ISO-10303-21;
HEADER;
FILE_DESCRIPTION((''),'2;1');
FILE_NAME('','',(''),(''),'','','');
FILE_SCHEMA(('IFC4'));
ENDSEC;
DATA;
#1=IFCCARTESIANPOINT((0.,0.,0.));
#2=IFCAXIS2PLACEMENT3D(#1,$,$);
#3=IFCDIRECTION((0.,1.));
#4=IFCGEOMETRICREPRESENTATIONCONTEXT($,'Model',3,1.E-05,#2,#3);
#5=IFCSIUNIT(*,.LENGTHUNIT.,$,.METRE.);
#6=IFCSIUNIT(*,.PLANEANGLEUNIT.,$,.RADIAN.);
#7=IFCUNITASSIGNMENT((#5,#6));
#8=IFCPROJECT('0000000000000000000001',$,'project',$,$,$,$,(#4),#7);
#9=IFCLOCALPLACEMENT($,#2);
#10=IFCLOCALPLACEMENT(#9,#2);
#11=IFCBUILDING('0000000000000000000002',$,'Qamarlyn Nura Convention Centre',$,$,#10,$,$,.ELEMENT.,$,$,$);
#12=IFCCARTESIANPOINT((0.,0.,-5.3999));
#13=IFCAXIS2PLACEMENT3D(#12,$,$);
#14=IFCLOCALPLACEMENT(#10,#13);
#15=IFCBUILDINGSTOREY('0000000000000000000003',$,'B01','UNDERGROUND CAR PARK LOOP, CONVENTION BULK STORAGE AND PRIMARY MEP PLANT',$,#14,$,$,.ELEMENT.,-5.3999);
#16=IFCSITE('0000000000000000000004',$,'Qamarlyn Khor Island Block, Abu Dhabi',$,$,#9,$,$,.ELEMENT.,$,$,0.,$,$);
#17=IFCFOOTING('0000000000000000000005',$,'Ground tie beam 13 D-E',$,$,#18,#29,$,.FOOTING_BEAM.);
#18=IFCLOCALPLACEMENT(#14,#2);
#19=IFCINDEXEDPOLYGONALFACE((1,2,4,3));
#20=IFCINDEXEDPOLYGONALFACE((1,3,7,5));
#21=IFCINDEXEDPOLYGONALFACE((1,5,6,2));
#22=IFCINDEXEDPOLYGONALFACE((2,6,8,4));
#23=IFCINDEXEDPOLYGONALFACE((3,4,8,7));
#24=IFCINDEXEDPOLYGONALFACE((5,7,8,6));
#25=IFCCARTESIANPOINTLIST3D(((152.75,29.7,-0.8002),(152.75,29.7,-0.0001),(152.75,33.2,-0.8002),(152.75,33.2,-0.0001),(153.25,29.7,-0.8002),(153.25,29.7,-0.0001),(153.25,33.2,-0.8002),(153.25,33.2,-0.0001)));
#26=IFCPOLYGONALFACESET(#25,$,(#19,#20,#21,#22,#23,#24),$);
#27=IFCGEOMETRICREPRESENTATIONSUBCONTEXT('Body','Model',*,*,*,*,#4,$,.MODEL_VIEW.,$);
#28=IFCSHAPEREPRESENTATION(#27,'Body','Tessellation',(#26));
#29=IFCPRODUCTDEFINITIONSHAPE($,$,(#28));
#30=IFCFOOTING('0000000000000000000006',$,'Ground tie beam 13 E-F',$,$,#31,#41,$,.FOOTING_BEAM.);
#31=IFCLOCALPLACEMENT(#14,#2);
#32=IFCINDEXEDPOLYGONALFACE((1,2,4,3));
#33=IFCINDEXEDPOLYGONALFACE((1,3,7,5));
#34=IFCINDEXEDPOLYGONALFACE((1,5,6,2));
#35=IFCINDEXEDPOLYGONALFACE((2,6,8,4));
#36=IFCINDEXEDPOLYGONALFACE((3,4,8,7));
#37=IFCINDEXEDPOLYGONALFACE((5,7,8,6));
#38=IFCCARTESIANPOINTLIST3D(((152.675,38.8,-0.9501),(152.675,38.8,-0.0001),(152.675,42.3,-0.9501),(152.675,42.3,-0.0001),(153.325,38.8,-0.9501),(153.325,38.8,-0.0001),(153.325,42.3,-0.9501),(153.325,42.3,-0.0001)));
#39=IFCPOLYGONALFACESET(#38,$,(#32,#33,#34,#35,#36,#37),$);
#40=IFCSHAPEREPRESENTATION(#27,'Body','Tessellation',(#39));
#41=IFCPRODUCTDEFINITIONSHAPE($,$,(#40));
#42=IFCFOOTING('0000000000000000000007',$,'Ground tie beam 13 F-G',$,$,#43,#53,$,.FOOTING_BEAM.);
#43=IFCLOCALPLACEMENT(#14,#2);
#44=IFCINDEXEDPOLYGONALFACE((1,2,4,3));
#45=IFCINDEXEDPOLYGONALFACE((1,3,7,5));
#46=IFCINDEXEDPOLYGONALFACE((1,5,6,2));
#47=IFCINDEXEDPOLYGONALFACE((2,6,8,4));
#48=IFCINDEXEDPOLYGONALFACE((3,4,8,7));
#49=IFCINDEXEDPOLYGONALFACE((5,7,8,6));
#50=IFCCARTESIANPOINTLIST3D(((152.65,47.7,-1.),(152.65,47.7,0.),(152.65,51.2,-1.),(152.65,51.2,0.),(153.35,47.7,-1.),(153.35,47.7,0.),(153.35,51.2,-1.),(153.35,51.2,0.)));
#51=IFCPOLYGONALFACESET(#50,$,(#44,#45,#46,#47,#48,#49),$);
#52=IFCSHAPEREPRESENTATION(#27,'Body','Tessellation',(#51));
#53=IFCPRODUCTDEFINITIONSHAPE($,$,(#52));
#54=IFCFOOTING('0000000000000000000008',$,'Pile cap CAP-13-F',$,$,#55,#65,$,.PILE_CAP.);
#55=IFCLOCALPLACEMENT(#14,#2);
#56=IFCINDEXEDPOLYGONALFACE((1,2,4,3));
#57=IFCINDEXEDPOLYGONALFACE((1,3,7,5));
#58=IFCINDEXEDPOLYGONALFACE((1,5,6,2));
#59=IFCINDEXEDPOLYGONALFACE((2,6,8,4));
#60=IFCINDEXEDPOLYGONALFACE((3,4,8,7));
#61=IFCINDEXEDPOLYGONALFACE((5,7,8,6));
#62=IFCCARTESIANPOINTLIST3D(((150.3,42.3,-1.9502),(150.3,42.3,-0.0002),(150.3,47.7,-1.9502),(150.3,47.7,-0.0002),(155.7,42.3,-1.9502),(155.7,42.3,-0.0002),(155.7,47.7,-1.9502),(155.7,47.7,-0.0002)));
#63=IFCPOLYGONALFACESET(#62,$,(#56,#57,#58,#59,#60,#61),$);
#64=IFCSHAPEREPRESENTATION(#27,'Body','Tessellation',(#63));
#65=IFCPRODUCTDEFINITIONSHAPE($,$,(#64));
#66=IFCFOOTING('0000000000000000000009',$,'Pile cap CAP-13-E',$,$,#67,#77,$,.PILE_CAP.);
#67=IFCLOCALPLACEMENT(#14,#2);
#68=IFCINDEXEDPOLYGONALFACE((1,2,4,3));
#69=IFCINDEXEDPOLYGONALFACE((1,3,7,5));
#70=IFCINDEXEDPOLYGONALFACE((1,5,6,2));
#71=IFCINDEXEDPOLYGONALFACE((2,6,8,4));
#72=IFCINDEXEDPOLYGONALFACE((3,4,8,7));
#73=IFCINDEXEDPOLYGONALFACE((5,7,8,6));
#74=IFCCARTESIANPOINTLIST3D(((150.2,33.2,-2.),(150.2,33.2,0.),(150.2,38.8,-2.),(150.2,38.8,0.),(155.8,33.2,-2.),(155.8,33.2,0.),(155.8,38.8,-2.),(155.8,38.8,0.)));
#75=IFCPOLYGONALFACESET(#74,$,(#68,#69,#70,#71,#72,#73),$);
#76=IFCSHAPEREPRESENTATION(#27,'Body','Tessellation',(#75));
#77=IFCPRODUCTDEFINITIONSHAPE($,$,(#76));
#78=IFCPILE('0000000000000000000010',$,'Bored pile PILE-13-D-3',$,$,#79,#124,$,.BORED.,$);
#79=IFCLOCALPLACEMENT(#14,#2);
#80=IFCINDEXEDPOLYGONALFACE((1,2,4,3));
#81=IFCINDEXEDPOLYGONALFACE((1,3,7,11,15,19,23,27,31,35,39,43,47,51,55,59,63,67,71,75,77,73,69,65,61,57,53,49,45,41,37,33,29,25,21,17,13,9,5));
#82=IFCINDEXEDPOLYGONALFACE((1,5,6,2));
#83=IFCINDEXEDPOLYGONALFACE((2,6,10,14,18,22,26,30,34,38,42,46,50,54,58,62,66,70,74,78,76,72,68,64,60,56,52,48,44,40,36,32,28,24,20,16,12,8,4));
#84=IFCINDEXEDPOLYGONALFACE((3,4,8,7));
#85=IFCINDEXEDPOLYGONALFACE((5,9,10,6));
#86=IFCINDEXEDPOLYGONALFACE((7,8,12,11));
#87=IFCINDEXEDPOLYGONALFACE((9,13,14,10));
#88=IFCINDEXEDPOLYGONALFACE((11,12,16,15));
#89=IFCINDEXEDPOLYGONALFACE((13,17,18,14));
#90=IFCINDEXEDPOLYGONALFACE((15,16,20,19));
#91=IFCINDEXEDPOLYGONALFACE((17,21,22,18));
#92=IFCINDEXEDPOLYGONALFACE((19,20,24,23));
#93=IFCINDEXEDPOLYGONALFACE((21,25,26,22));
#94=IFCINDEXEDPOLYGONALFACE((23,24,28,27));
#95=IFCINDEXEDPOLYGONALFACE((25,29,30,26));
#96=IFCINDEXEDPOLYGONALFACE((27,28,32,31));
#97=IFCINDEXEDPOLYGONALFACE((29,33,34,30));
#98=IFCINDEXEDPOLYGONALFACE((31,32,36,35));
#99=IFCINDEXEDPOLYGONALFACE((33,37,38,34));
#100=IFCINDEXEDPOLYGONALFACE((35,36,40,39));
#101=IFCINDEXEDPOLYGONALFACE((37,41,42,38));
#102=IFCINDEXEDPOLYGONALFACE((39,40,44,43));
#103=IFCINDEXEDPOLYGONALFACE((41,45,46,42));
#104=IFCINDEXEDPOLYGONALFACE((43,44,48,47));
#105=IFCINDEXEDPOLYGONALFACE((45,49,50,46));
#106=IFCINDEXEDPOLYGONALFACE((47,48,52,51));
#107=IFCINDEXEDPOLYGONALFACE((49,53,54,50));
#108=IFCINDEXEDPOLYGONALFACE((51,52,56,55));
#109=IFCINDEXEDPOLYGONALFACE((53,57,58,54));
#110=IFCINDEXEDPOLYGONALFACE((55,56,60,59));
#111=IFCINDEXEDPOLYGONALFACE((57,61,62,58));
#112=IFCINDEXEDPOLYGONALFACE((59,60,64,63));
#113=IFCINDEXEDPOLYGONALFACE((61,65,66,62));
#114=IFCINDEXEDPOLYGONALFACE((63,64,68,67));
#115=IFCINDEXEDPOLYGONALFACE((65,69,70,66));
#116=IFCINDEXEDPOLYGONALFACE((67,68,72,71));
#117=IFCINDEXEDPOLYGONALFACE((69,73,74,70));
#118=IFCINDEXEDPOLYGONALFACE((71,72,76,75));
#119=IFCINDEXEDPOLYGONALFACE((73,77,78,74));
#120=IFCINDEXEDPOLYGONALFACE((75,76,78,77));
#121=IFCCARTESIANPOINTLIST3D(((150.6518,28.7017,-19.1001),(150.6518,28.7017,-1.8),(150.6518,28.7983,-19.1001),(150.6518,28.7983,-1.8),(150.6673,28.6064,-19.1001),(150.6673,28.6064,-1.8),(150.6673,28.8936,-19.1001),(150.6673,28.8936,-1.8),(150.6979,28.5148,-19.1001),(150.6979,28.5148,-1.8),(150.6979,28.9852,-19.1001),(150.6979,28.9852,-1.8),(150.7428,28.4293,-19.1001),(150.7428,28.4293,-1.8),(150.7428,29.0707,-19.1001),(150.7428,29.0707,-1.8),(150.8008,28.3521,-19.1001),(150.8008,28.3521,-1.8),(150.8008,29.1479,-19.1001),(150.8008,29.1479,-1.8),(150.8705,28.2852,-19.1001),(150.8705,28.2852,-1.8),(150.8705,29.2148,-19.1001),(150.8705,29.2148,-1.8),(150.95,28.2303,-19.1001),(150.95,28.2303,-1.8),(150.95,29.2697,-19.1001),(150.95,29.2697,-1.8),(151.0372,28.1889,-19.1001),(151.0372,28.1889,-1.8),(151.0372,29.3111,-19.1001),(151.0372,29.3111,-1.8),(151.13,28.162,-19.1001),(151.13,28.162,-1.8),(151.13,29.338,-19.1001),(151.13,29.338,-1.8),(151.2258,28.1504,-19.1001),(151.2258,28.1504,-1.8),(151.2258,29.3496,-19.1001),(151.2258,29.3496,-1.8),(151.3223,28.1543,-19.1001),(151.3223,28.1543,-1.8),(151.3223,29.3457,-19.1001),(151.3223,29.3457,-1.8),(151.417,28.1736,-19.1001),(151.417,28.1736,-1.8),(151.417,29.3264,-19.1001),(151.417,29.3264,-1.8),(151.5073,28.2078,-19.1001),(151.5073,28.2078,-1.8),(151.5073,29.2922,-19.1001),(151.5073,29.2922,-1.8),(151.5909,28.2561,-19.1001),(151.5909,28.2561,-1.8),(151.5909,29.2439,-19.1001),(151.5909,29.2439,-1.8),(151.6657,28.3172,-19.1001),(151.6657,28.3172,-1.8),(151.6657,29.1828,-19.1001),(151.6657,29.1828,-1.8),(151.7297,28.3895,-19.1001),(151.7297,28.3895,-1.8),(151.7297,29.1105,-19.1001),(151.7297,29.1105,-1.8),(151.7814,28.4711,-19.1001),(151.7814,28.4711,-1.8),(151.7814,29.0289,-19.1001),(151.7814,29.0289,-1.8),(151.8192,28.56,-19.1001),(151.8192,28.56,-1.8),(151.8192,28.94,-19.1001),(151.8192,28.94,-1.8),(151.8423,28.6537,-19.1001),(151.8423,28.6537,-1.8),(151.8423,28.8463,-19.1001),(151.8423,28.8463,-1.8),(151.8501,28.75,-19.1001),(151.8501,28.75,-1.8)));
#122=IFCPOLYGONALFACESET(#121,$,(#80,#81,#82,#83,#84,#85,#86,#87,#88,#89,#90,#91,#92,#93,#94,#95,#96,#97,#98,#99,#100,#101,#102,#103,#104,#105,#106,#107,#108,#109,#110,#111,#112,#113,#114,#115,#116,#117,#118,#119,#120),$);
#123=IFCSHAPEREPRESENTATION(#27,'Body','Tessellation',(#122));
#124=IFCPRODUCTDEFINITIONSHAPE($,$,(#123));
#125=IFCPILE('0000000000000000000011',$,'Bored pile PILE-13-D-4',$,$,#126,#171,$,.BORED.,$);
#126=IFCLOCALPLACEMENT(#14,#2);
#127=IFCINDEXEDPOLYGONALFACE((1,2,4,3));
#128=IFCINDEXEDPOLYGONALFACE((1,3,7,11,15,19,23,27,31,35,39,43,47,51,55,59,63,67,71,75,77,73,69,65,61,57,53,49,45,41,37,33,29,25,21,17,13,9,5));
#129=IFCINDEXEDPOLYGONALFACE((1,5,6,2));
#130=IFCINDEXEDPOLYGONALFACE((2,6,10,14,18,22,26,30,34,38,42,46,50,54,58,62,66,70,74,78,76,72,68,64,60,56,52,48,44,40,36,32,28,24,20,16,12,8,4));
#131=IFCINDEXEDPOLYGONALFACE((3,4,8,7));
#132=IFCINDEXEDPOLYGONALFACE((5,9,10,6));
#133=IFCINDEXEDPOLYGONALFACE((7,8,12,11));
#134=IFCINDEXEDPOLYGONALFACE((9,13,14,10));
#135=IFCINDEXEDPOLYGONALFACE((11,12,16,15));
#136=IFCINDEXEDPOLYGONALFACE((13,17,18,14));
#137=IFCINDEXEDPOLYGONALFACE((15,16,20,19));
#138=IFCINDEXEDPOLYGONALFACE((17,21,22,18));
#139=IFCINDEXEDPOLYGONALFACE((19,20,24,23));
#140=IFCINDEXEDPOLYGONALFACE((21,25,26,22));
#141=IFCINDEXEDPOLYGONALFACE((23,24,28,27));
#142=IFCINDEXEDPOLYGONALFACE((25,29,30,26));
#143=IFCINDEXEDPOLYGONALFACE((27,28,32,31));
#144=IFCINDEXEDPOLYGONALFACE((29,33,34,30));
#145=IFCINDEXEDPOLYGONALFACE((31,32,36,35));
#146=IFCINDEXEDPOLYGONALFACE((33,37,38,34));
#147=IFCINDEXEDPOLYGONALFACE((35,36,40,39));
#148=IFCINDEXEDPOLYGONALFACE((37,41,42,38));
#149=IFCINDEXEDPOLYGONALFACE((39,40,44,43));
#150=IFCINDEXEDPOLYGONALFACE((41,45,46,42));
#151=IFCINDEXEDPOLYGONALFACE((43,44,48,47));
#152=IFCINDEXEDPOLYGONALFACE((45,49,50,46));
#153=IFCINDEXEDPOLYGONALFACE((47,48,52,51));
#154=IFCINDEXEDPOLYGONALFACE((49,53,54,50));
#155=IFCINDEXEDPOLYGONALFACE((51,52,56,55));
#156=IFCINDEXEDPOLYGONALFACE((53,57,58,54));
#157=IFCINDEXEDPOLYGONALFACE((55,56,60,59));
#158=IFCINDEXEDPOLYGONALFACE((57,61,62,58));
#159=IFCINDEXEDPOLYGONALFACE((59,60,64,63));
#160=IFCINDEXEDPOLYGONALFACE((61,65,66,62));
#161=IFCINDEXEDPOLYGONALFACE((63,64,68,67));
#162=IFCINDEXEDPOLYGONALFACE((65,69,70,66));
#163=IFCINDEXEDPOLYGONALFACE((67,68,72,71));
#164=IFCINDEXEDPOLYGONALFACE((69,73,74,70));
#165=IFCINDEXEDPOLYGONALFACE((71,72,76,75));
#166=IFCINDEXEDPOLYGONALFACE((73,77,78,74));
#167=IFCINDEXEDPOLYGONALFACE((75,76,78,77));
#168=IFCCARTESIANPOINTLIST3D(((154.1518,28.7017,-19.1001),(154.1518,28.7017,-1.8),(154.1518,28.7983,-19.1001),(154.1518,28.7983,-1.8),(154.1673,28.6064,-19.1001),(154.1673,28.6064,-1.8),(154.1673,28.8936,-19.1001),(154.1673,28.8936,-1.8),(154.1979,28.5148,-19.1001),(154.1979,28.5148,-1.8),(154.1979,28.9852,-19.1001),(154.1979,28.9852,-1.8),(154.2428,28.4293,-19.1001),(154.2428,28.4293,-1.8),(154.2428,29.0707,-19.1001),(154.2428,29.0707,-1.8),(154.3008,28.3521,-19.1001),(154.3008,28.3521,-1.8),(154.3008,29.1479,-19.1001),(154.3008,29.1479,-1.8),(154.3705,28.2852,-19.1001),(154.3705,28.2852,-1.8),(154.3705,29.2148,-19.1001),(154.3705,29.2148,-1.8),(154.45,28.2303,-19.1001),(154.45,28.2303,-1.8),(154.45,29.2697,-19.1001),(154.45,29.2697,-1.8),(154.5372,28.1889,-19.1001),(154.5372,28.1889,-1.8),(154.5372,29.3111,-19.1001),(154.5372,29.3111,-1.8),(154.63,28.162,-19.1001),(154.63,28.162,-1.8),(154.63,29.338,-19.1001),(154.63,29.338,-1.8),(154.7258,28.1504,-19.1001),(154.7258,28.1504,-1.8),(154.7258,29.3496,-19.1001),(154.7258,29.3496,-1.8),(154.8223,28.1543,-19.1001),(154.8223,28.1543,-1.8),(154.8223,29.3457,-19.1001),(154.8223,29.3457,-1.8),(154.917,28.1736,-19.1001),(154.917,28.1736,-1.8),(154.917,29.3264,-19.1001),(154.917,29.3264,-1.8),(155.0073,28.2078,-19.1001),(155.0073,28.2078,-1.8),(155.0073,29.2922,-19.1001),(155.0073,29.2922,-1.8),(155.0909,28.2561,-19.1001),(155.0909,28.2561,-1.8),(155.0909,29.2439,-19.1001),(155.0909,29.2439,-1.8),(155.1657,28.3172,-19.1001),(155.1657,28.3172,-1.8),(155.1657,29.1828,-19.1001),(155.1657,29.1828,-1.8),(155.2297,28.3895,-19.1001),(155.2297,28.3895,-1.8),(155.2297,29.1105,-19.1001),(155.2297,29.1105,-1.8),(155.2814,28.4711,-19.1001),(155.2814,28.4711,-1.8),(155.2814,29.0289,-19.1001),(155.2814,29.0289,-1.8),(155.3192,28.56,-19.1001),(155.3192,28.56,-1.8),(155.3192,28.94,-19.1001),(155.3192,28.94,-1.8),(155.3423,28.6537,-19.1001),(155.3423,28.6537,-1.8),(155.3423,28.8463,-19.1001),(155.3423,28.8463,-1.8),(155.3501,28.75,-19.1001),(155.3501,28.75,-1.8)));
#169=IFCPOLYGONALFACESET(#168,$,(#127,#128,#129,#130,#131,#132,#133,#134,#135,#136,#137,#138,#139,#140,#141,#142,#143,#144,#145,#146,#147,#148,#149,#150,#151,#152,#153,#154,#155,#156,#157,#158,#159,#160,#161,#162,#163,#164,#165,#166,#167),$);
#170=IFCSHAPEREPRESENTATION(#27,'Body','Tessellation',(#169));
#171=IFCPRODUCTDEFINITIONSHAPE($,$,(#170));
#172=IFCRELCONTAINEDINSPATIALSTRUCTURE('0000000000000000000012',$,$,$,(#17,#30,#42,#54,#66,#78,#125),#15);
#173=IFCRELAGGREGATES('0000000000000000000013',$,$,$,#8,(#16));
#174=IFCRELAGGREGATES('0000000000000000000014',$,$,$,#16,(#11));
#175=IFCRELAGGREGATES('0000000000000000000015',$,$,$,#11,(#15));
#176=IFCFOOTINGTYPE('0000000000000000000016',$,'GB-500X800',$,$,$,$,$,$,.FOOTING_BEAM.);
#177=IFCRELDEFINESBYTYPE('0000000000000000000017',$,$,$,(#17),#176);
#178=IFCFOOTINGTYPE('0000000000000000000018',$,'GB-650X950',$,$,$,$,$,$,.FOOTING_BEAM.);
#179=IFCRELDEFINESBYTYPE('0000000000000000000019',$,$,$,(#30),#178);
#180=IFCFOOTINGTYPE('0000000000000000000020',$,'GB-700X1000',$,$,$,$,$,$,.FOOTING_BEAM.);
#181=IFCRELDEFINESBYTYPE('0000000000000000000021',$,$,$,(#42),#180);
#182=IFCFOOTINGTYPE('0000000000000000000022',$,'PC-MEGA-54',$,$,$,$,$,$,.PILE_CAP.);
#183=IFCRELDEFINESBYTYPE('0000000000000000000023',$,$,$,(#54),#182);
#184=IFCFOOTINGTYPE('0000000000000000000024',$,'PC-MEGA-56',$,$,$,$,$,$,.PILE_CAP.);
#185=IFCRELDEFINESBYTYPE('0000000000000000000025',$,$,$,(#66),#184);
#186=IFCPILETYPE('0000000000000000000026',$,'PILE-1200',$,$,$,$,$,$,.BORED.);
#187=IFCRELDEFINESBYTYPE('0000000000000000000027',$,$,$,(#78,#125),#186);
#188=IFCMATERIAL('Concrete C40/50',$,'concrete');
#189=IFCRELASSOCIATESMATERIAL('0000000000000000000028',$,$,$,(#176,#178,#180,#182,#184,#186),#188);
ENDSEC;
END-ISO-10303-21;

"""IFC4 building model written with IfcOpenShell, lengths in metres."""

from ifc_helpers import new_model, si_unit, direction, frame, origin, origin_2d, place, context, subcontext, project, spatial, rectangle, circle, extrude, material, material_profile, profile_set, type_object, element, save


model = new_model("IFC4")

# Units and contexts
model_context = context("Model", 3, precision=1e-05, world=origin(), true_north=direction((0.0, 1.0)))
body_context = subcontext(model_context, "Body", "Model", "MODEL_VIEW")
ifc_project = project(units=[si_unit("LENGTHUNIT", "METRE"), si_unit("PLANEANGLEUNIT", "RADIAN")], contexts=[model_context])

# Site, building, storey
site_placement = place(None, origin())
site = spatial("IfcSite", under=ifc_project, at=site_placement, Name="Qamarlyn Khor Island Block, Abu Dhabi", CompositionType="ELEMENT", RefElevation=0.0)
building_placement = place(site_placement, origin())
building = spatial("IfcBuilding", under=site, at=building_placement, Name="Qamarlyn Nura Convention Centre", CompositionType="ELEMENT")
storey_placement = place(building_placement, frame((0.0, 0.0, -5.3999)))
storey = spatial("IfcBuildingStorey", under=building, at=storey_placement, Name="B01", Description="UNDERGROUND CAR PARK LOOP, CONVENTION BULK STORAGE AND PRIMARY MEP PLANT", CompositionType="ELEMENT", Elevation=-5.3999)

# Footings
ifc_material_1 = material(Name="Concrete C40/50", Category="concrete")
ifc_material_profile_1 = material_profile(ifc_material_1, rectangle(XDim=0.5, YDim=0.8, at=origin_2d()), Name="RC GB 500x800")
ifc_profile_set_1 = profile_set([ifc_material_profile_1], Name="Concrete C40/50")
footing_type_1 = type_object("IfcFootingType", Name="GB-500X800", PredefinedType="FOOTING_BEAM", material=ifc_profile_set_1)
footing_1_placement = place(storey_placement, frame((153.0, 29.7, -0.4001), z_axis=(0.0, 1.0, 0.0), x_axis=(-1.0, 0.0, 0.0)))
element("IfcFooting", 1, at=footing_1_placement, inside=storey, type_object=footing_type_1, Name="Ground tie beam 13 D-E", PredefinedType="FOOTING_BEAM", context=body_context, shape_type="SweptSolid", body=[
    extrude(rectangle(XDim=0.5, YDim=0.8, at=origin_2d()), origin(), (0.0, 0.0, 1.0), 3.5),
])
ifc_material_profile_2 = material_profile(ifc_material_1, rectangle(XDim=0.6499, YDim=0.95, at=origin_2d()), Name="RC GB 650x950")
ifc_profile_set_2 = profile_set([ifc_material_profile_2], Name="Concrete C40/50")
footing_type_2 = type_object("IfcFootingType", Name="GB-650X950", PredefinedType="FOOTING_BEAM", material=ifc_profile_set_2)
footing_2_placement = place(storey_placement, frame((153.0, 38.8, -0.4751), z_axis=(0.0, 1.0, 0.0), x_axis=(-1.0, 0.0, 0.0)))
element("IfcFooting", 2, at=footing_2_placement, inside=storey, type_object=footing_type_2, Name="Ground tie beam 13 E-F", PredefinedType="FOOTING_BEAM", context=body_context, shape_type="SweptSolid", body=[
    extrude(rectangle(XDim=0.6499, YDim=0.95, at=origin_2d()), origin(), (0.0, 0.0, 1.0), 3.5),
])
ifc_material_profile_3 = material_profile(ifc_material_1, rectangle(XDim=0.7, YDim=1.0, at=origin_2d()), Name="RC GB 700x1000")
ifc_profile_set_3 = profile_set([ifc_material_profile_3], Name="Concrete C40/50")
footing_type_3 = type_object("IfcFootingType", Name="GB-700X1000", PredefinedType="FOOTING_BEAM", material=ifc_profile_set_3)
footing_3_placement = place(storey_placement, frame((153.0, 47.7, -0.5), z_axis=(0.0, 1.0, 0.0), x_axis=(-1.0, 0.0, 0.0)))
element("IfcFooting", 3, at=footing_3_placement, inside=storey, type_object=footing_type_3, Name="Ground tie beam 13 F-G", PredefinedType="FOOTING_BEAM", context=body_context, shape_type="SweptSolid", body=[
    extrude(rectangle(XDim=0.7, YDim=1.0, at=origin_2d()), origin(), (0.0, 0.0, 1.0), 3.5),
])
footing_type_4 = type_object("IfcFootingType", Name="PC-MEGA-54", PredefinedType="PILE_CAP", material=ifc_material_1)
footing_4_placement = place(storey_placement, frame((153.0, 45.0, -1.9502), z_axis=(0.0, 0.0, 1.0), x_axis=(1.0, 0.0, 0.0)))
element("IfcFooting", 4, at=footing_4_placement, inside=storey, type_object=footing_type_4, Name="Pile cap CAP-13-F", PredefinedType="PILE_CAP", context=body_context, shape_type="SweptSolid", body=[
    extrude(rectangle(XDim=5.3999, YDim=5.3999, at=origin_2d()), origin(), (0.0, 0.0, 1.0), 1.95),
])
footing_type_5 = type_object("IfcFootingType", Name="PC-MEGA-56", PredefinedType="PILE_CAP", material=ifc_material_1)
footing_5_placement = place(storey_placement, frame((153.0, 36.0, -2.0), z_axis=(0.0, 0.0, 1.0), x_axis=(1.0, 0.0, 0.0)))
element("IfcFooting", 5, at=footing_5_placement, inside=storey, type_object=footing_type_5, Name="Pile cap CAP-13-E", PredefinedType="PILE_CAP", context=body_context, shape_type="SweptSolid", body=[
    extrude(rectangle(XDim=5.6001, YDim=5.6001, at=origin_2d()), origin(), (0.0, 0.0, 1.0), 2.0),
])

# Piles
ifc_material_profile_4 = material_profile(ifc_material_1, circle(Radius=0.6001, at=origin_2d()), Name="BORED PILE 1200")
ifc_profile_set_4 = profile_set([ifc_material_profile_4], Name="Concrete C40/50")
pile_type_1 = type_object("IfcPileType", Name="PILE-1200", PredefinedType="BORED", material=ifc_profile_set_4)
for number, where, z_axis, x_axis, name in (
    (6, (151.25, 28.75, -1.8), (0.0, 0.0, -1.0), (1.0, 0.0, 0.0), "Bored pile PILE-13-D-3"),
    (7, (154.75, 28.75, -1.8), (0.0, 0.0, -1.0), (1.0, 0.0, 0.0), "Bored pile PILE-13-D-4"),
):
    element("IfcPile", number, at=place(storey_placement, frame(where, z_axis=z_axis, x_axis=x_axis)), inside=storey, type_object=pile_type_1, Name=name, PredefinedType="BORED", context=body_context, shape_type="SweptSolid", body=[
        extrude(circle(Radius=0.6001, at=origin_2d()), origin(), (0.0, 0.0, 1.0), 17.3),
    ])

save(model, "model.ifc")
